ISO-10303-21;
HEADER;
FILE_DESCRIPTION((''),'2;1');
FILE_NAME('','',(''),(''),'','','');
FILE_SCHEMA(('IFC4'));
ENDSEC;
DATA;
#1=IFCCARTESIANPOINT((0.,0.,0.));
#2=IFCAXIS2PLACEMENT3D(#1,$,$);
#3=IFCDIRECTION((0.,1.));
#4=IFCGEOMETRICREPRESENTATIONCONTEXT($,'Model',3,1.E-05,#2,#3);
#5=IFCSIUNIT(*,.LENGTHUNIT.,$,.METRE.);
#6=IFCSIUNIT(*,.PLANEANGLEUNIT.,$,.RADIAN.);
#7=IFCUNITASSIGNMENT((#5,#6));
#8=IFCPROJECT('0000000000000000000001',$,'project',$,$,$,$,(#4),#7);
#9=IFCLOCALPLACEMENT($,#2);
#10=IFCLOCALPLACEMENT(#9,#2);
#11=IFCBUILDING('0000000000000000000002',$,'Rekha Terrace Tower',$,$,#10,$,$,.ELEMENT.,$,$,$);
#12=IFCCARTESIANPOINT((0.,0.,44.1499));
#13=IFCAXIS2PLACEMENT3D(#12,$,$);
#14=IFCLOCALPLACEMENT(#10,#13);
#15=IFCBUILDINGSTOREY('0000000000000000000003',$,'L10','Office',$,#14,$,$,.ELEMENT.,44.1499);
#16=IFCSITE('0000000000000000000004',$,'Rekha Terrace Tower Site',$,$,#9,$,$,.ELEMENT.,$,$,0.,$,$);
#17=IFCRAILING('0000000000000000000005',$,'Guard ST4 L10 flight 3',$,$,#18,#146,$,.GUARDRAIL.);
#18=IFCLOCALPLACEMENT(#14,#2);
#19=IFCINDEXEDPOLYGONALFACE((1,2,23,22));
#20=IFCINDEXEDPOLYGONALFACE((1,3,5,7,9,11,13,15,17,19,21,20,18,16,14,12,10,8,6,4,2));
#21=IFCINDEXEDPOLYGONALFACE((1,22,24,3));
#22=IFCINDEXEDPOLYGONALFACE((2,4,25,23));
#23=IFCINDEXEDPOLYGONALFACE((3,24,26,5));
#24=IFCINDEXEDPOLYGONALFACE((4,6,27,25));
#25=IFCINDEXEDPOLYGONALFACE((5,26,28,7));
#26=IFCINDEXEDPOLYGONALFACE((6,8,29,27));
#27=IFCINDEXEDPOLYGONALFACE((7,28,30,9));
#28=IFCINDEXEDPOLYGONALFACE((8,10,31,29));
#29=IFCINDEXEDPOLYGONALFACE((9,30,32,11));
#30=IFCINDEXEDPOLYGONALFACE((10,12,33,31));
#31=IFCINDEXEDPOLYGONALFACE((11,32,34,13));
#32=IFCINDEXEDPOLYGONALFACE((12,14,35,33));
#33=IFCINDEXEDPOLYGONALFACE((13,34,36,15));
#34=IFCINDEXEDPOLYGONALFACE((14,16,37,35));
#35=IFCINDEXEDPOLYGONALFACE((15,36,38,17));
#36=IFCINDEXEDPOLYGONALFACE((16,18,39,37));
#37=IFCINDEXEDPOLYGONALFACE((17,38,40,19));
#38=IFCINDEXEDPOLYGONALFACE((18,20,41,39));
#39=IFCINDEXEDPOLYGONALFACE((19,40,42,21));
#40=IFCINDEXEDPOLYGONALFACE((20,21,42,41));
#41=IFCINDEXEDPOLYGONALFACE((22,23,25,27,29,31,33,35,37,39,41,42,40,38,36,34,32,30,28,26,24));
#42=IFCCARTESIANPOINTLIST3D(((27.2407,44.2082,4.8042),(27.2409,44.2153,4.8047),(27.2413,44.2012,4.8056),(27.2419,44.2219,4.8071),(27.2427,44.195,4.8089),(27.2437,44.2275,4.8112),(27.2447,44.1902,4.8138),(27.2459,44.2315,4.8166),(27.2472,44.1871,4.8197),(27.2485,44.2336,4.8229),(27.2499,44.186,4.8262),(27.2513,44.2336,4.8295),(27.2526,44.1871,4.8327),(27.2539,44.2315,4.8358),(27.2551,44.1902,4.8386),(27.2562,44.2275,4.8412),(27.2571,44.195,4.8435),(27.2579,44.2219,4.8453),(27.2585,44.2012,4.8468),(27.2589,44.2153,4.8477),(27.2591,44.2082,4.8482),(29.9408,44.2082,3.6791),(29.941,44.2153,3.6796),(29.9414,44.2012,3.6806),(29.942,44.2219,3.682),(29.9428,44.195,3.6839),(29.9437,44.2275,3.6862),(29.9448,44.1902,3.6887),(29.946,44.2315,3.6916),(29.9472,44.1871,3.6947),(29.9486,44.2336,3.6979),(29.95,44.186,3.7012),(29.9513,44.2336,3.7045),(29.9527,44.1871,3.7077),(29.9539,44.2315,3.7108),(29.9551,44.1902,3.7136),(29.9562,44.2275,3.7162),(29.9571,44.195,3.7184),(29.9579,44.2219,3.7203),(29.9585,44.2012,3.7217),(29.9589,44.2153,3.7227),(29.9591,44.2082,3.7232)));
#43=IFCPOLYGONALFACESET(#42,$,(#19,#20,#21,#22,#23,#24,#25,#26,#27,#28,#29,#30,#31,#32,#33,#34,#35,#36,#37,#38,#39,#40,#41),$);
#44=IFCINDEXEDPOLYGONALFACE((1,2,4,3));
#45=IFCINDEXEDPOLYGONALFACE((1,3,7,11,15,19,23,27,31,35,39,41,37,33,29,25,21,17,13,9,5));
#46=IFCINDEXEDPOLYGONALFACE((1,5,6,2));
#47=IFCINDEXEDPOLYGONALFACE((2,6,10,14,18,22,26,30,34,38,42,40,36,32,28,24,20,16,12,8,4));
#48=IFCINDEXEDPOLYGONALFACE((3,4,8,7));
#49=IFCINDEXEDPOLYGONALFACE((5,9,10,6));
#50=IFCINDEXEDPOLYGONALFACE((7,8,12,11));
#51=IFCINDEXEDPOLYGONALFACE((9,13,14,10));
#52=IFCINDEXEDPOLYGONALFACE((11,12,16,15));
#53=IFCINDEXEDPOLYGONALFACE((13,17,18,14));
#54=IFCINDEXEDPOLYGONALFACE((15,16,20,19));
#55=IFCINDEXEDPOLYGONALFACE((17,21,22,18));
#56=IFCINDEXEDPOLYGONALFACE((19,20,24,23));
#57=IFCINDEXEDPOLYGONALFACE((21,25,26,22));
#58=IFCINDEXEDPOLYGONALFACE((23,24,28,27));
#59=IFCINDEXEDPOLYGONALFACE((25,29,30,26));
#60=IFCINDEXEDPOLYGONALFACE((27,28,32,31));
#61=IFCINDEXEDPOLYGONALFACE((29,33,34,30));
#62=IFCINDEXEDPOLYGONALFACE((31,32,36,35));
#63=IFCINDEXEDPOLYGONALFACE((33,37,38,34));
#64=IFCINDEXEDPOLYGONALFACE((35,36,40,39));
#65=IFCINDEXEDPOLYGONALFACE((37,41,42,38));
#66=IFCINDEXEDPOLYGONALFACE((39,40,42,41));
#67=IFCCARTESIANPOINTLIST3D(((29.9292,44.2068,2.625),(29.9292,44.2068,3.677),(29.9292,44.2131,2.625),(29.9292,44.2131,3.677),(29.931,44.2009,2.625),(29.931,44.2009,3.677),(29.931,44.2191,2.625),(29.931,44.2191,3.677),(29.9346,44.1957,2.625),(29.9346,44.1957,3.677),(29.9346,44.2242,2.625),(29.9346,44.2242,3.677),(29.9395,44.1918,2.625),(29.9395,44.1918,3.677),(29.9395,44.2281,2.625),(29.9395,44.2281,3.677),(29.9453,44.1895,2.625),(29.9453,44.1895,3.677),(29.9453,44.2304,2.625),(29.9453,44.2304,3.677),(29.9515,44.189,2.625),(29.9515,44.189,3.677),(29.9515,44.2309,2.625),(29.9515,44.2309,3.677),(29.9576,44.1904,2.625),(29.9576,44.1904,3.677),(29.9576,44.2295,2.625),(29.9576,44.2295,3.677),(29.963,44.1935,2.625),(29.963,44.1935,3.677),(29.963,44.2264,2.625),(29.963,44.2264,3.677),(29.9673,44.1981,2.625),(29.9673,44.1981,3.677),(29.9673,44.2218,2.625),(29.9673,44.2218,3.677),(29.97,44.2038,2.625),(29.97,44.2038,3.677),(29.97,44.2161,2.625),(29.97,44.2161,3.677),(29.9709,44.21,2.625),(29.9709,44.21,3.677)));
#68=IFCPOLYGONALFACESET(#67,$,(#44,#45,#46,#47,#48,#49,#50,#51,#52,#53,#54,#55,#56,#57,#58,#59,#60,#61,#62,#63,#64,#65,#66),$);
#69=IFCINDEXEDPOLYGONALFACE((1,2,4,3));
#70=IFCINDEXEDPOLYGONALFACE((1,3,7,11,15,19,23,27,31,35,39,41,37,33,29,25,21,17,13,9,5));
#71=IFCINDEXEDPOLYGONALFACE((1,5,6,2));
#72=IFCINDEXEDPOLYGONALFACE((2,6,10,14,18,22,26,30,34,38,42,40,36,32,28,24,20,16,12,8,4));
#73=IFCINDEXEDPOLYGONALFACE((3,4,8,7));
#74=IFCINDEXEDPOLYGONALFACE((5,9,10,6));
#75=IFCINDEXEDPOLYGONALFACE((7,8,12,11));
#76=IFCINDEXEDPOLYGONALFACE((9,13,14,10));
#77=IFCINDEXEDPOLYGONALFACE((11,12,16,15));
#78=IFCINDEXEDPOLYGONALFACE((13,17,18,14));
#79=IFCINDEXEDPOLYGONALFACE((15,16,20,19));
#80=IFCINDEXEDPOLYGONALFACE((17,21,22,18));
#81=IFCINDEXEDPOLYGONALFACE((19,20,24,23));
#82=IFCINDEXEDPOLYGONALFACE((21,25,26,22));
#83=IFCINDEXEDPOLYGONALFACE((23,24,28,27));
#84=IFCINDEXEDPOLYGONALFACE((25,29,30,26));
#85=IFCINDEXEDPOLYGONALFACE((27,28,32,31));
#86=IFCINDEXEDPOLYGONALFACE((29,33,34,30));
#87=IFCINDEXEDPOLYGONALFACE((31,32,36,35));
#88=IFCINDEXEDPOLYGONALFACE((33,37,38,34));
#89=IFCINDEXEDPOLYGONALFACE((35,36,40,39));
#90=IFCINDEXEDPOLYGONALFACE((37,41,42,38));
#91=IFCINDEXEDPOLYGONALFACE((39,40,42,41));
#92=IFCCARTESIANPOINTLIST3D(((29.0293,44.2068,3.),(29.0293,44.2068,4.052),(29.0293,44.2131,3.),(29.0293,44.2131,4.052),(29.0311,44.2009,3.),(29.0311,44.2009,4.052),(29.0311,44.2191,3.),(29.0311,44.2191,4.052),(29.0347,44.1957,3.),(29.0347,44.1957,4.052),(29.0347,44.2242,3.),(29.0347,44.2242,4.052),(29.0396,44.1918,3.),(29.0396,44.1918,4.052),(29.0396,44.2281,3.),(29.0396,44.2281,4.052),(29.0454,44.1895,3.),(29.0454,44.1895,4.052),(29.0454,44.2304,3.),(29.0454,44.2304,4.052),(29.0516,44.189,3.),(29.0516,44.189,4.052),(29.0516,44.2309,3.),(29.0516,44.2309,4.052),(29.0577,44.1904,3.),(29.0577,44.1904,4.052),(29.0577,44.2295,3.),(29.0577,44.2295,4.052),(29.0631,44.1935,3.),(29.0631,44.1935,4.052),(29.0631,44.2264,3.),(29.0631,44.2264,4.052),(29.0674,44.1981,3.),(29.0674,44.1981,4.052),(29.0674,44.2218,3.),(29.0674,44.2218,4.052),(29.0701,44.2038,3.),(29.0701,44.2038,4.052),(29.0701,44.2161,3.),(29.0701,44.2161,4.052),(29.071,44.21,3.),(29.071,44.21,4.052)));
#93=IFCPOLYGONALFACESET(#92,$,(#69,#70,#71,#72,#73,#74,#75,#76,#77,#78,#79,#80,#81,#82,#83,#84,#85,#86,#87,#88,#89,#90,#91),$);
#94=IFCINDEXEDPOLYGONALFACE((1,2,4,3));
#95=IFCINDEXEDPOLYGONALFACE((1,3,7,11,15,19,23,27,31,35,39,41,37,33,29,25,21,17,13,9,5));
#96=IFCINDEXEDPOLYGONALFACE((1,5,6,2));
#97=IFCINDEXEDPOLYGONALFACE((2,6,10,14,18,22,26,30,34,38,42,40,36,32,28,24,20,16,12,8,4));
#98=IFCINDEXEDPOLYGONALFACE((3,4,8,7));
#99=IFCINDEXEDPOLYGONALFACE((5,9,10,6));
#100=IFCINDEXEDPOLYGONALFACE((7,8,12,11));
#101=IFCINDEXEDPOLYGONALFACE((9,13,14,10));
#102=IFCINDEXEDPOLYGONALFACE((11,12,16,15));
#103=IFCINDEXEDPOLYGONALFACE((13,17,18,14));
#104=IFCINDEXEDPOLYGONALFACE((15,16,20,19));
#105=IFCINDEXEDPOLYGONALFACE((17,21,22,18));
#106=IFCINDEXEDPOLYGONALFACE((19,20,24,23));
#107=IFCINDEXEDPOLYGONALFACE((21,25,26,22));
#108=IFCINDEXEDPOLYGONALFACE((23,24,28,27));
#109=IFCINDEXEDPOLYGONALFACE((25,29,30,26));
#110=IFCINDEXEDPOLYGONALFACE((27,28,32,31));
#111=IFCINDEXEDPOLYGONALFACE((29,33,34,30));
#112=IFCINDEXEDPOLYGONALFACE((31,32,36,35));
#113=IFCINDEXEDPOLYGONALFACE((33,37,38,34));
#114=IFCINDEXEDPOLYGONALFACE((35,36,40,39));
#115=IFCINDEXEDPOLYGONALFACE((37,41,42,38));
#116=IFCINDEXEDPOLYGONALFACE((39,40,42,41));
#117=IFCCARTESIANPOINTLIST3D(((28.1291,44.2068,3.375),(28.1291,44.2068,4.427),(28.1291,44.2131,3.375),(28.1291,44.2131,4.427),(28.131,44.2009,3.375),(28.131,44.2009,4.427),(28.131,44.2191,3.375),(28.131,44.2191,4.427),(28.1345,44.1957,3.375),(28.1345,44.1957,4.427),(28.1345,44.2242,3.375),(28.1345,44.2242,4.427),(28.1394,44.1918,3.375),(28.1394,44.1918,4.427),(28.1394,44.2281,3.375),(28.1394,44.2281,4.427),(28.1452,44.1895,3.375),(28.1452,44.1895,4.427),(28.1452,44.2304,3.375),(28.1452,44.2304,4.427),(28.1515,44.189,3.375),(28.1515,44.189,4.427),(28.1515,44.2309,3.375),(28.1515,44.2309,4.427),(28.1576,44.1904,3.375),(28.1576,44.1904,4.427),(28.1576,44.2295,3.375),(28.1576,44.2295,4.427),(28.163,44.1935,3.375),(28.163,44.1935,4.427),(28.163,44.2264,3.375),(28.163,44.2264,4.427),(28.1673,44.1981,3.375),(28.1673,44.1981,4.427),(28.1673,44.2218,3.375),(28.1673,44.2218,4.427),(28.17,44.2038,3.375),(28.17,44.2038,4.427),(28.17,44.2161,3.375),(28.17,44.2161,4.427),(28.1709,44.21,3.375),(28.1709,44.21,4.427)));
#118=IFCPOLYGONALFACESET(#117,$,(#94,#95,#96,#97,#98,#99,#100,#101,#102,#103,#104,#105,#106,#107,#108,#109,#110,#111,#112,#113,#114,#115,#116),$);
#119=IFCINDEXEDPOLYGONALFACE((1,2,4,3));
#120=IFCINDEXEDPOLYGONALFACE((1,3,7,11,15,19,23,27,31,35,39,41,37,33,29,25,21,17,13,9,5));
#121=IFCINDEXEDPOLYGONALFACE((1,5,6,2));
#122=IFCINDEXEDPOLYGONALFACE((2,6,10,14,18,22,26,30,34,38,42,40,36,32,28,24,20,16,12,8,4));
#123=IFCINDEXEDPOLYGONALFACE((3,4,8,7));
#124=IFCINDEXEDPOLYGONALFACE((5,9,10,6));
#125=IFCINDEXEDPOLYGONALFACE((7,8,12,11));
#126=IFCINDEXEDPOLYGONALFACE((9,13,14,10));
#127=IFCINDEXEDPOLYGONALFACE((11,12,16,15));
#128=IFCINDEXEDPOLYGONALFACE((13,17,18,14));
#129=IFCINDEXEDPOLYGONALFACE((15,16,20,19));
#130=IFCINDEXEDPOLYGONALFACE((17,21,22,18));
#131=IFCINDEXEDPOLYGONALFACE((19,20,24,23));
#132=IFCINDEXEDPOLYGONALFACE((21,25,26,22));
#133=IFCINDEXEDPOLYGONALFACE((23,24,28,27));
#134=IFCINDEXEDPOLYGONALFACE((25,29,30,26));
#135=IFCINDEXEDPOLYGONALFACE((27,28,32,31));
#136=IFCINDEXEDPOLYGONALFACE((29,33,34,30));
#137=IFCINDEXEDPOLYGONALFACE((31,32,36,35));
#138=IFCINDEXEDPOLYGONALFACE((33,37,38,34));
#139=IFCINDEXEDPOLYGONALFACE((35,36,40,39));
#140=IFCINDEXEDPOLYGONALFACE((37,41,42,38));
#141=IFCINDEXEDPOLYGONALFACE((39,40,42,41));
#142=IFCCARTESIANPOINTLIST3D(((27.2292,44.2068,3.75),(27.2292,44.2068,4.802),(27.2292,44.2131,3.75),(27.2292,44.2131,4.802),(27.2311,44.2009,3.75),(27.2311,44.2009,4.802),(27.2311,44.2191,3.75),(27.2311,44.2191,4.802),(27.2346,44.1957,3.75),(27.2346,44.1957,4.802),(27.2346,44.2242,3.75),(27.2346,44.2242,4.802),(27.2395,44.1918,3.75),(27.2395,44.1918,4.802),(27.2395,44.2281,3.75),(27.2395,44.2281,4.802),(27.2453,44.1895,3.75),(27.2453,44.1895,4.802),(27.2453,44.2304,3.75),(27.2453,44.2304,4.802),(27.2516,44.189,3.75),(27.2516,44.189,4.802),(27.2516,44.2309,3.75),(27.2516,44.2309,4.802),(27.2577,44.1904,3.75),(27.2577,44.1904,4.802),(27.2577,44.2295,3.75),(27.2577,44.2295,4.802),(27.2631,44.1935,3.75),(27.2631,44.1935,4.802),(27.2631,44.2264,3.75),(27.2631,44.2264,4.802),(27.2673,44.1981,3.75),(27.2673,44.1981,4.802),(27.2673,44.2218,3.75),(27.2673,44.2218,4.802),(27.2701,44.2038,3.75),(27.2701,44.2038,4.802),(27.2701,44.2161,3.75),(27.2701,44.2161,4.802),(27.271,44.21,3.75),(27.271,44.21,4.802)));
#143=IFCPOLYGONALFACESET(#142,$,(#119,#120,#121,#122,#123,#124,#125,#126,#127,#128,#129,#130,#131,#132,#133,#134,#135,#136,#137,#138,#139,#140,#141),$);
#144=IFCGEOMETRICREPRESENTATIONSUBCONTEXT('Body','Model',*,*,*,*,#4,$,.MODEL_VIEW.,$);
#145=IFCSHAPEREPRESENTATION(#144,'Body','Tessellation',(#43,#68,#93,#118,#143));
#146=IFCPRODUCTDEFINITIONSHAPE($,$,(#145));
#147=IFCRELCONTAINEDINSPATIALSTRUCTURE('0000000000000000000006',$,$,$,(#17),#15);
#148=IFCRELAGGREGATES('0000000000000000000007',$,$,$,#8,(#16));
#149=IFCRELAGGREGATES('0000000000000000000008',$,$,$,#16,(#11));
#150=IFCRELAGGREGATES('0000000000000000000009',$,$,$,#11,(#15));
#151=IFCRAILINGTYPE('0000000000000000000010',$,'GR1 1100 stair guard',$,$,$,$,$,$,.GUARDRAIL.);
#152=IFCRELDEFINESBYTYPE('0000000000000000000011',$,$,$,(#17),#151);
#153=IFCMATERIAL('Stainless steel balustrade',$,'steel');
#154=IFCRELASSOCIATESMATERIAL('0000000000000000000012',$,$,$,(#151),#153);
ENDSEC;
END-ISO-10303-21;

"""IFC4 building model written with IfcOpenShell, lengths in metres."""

from ifc_helpers import new_model, si_unit, direction, frame, origin, origin_2d, place, context, subcontext, project, spatial, circle, extrude, material, type_object, element, save


model = new_model("IFC4")

# Units and contexts
model_context = context("Model", 3, precision=1e-05, world=origin(), true_north=direction((0.0, 1.0)))
body_context = subcontext(model_context, "Body", "Model", "MODEL_VIEW")
ifc_project = project(units=[si_unit("LENGTHUNIT", "METRE"), si_unit("PLANEANGLEUNIT", "RADIAN")], contexts=[model_context])

# Site, building, storey
site_placement = place(None, origin())
site = spatial("IfcSite", under=ifc_project, at=site_placement, Name="Rekha Terrace Tower Site", CompositionType="ELEMENT", RefElevation=0.0)
building_placement = place(site_placement, origin())
building = spatial("IfcBuilding", under=site, at=building_placement, Name="Rekha Terrace Tower", CompositionType="ELEMENT")
storey_placement = place(building_placement, frame((0.0, 0.0, 44.1499)))
storey = spatial("IfcBuildingStorey", under=building, at=storey_placement, Name="L10", Description="Office", CompositionType="ELEMENT", Elevation=44.1499)

# Railing
ifc_material_1 = material(Name="Stainless steel balustrade", Category="steel")
railing_type_1 = type_object("IfcRailingType", Name="GR1 1100 stair guard", PredefinedType="GUARDRAIL", material=ifc_material_1)
railing_1_placement = place(storey_placement, frame((29.95, 44.21, 2.625)))
element("IfcRailing", 1, at=railing_1_placement, inside=storey, type_object=railing_type_1, Name="Guard ST4 L10 flight 3", PredefinedType="GUARDRAIL", context=body_context, shape_type="SweptSolid", body=[
    extrude(circle(Radius=0.0239, at=origin_2d()), frame((0.0, 0.0, 1.0762), z_axis=(-0.923074, 0.0, 0.384621), x_axis=(0.0, -1.0, 0.0)), (0.0, 0.0, 1.0), 2.925),
    extrude(circle(Radius=0.021, at=origin_2d()), origin(), (0.0, 0.0, 1.0), 1.052),
    extrude(circle(Radius=0.021, at=origin_2d()), frame((-0.8999, 0.0, 0.375)), (0.0, 0.0, 1.0), 1.052),
    extrude(circle(Radius=0.021, at=origin_2d()), frame((-1.8, 0.0, 0.75)), (0.0, 0.0, 1.0), 1.052),
    extrude(circle(Radius=0.021, at=origin_2d()), frame((-2.7, 0.0, 1.125)), (0.0, 0.0, 1.0), 1.052),
])

save(model, "model.ifc")
